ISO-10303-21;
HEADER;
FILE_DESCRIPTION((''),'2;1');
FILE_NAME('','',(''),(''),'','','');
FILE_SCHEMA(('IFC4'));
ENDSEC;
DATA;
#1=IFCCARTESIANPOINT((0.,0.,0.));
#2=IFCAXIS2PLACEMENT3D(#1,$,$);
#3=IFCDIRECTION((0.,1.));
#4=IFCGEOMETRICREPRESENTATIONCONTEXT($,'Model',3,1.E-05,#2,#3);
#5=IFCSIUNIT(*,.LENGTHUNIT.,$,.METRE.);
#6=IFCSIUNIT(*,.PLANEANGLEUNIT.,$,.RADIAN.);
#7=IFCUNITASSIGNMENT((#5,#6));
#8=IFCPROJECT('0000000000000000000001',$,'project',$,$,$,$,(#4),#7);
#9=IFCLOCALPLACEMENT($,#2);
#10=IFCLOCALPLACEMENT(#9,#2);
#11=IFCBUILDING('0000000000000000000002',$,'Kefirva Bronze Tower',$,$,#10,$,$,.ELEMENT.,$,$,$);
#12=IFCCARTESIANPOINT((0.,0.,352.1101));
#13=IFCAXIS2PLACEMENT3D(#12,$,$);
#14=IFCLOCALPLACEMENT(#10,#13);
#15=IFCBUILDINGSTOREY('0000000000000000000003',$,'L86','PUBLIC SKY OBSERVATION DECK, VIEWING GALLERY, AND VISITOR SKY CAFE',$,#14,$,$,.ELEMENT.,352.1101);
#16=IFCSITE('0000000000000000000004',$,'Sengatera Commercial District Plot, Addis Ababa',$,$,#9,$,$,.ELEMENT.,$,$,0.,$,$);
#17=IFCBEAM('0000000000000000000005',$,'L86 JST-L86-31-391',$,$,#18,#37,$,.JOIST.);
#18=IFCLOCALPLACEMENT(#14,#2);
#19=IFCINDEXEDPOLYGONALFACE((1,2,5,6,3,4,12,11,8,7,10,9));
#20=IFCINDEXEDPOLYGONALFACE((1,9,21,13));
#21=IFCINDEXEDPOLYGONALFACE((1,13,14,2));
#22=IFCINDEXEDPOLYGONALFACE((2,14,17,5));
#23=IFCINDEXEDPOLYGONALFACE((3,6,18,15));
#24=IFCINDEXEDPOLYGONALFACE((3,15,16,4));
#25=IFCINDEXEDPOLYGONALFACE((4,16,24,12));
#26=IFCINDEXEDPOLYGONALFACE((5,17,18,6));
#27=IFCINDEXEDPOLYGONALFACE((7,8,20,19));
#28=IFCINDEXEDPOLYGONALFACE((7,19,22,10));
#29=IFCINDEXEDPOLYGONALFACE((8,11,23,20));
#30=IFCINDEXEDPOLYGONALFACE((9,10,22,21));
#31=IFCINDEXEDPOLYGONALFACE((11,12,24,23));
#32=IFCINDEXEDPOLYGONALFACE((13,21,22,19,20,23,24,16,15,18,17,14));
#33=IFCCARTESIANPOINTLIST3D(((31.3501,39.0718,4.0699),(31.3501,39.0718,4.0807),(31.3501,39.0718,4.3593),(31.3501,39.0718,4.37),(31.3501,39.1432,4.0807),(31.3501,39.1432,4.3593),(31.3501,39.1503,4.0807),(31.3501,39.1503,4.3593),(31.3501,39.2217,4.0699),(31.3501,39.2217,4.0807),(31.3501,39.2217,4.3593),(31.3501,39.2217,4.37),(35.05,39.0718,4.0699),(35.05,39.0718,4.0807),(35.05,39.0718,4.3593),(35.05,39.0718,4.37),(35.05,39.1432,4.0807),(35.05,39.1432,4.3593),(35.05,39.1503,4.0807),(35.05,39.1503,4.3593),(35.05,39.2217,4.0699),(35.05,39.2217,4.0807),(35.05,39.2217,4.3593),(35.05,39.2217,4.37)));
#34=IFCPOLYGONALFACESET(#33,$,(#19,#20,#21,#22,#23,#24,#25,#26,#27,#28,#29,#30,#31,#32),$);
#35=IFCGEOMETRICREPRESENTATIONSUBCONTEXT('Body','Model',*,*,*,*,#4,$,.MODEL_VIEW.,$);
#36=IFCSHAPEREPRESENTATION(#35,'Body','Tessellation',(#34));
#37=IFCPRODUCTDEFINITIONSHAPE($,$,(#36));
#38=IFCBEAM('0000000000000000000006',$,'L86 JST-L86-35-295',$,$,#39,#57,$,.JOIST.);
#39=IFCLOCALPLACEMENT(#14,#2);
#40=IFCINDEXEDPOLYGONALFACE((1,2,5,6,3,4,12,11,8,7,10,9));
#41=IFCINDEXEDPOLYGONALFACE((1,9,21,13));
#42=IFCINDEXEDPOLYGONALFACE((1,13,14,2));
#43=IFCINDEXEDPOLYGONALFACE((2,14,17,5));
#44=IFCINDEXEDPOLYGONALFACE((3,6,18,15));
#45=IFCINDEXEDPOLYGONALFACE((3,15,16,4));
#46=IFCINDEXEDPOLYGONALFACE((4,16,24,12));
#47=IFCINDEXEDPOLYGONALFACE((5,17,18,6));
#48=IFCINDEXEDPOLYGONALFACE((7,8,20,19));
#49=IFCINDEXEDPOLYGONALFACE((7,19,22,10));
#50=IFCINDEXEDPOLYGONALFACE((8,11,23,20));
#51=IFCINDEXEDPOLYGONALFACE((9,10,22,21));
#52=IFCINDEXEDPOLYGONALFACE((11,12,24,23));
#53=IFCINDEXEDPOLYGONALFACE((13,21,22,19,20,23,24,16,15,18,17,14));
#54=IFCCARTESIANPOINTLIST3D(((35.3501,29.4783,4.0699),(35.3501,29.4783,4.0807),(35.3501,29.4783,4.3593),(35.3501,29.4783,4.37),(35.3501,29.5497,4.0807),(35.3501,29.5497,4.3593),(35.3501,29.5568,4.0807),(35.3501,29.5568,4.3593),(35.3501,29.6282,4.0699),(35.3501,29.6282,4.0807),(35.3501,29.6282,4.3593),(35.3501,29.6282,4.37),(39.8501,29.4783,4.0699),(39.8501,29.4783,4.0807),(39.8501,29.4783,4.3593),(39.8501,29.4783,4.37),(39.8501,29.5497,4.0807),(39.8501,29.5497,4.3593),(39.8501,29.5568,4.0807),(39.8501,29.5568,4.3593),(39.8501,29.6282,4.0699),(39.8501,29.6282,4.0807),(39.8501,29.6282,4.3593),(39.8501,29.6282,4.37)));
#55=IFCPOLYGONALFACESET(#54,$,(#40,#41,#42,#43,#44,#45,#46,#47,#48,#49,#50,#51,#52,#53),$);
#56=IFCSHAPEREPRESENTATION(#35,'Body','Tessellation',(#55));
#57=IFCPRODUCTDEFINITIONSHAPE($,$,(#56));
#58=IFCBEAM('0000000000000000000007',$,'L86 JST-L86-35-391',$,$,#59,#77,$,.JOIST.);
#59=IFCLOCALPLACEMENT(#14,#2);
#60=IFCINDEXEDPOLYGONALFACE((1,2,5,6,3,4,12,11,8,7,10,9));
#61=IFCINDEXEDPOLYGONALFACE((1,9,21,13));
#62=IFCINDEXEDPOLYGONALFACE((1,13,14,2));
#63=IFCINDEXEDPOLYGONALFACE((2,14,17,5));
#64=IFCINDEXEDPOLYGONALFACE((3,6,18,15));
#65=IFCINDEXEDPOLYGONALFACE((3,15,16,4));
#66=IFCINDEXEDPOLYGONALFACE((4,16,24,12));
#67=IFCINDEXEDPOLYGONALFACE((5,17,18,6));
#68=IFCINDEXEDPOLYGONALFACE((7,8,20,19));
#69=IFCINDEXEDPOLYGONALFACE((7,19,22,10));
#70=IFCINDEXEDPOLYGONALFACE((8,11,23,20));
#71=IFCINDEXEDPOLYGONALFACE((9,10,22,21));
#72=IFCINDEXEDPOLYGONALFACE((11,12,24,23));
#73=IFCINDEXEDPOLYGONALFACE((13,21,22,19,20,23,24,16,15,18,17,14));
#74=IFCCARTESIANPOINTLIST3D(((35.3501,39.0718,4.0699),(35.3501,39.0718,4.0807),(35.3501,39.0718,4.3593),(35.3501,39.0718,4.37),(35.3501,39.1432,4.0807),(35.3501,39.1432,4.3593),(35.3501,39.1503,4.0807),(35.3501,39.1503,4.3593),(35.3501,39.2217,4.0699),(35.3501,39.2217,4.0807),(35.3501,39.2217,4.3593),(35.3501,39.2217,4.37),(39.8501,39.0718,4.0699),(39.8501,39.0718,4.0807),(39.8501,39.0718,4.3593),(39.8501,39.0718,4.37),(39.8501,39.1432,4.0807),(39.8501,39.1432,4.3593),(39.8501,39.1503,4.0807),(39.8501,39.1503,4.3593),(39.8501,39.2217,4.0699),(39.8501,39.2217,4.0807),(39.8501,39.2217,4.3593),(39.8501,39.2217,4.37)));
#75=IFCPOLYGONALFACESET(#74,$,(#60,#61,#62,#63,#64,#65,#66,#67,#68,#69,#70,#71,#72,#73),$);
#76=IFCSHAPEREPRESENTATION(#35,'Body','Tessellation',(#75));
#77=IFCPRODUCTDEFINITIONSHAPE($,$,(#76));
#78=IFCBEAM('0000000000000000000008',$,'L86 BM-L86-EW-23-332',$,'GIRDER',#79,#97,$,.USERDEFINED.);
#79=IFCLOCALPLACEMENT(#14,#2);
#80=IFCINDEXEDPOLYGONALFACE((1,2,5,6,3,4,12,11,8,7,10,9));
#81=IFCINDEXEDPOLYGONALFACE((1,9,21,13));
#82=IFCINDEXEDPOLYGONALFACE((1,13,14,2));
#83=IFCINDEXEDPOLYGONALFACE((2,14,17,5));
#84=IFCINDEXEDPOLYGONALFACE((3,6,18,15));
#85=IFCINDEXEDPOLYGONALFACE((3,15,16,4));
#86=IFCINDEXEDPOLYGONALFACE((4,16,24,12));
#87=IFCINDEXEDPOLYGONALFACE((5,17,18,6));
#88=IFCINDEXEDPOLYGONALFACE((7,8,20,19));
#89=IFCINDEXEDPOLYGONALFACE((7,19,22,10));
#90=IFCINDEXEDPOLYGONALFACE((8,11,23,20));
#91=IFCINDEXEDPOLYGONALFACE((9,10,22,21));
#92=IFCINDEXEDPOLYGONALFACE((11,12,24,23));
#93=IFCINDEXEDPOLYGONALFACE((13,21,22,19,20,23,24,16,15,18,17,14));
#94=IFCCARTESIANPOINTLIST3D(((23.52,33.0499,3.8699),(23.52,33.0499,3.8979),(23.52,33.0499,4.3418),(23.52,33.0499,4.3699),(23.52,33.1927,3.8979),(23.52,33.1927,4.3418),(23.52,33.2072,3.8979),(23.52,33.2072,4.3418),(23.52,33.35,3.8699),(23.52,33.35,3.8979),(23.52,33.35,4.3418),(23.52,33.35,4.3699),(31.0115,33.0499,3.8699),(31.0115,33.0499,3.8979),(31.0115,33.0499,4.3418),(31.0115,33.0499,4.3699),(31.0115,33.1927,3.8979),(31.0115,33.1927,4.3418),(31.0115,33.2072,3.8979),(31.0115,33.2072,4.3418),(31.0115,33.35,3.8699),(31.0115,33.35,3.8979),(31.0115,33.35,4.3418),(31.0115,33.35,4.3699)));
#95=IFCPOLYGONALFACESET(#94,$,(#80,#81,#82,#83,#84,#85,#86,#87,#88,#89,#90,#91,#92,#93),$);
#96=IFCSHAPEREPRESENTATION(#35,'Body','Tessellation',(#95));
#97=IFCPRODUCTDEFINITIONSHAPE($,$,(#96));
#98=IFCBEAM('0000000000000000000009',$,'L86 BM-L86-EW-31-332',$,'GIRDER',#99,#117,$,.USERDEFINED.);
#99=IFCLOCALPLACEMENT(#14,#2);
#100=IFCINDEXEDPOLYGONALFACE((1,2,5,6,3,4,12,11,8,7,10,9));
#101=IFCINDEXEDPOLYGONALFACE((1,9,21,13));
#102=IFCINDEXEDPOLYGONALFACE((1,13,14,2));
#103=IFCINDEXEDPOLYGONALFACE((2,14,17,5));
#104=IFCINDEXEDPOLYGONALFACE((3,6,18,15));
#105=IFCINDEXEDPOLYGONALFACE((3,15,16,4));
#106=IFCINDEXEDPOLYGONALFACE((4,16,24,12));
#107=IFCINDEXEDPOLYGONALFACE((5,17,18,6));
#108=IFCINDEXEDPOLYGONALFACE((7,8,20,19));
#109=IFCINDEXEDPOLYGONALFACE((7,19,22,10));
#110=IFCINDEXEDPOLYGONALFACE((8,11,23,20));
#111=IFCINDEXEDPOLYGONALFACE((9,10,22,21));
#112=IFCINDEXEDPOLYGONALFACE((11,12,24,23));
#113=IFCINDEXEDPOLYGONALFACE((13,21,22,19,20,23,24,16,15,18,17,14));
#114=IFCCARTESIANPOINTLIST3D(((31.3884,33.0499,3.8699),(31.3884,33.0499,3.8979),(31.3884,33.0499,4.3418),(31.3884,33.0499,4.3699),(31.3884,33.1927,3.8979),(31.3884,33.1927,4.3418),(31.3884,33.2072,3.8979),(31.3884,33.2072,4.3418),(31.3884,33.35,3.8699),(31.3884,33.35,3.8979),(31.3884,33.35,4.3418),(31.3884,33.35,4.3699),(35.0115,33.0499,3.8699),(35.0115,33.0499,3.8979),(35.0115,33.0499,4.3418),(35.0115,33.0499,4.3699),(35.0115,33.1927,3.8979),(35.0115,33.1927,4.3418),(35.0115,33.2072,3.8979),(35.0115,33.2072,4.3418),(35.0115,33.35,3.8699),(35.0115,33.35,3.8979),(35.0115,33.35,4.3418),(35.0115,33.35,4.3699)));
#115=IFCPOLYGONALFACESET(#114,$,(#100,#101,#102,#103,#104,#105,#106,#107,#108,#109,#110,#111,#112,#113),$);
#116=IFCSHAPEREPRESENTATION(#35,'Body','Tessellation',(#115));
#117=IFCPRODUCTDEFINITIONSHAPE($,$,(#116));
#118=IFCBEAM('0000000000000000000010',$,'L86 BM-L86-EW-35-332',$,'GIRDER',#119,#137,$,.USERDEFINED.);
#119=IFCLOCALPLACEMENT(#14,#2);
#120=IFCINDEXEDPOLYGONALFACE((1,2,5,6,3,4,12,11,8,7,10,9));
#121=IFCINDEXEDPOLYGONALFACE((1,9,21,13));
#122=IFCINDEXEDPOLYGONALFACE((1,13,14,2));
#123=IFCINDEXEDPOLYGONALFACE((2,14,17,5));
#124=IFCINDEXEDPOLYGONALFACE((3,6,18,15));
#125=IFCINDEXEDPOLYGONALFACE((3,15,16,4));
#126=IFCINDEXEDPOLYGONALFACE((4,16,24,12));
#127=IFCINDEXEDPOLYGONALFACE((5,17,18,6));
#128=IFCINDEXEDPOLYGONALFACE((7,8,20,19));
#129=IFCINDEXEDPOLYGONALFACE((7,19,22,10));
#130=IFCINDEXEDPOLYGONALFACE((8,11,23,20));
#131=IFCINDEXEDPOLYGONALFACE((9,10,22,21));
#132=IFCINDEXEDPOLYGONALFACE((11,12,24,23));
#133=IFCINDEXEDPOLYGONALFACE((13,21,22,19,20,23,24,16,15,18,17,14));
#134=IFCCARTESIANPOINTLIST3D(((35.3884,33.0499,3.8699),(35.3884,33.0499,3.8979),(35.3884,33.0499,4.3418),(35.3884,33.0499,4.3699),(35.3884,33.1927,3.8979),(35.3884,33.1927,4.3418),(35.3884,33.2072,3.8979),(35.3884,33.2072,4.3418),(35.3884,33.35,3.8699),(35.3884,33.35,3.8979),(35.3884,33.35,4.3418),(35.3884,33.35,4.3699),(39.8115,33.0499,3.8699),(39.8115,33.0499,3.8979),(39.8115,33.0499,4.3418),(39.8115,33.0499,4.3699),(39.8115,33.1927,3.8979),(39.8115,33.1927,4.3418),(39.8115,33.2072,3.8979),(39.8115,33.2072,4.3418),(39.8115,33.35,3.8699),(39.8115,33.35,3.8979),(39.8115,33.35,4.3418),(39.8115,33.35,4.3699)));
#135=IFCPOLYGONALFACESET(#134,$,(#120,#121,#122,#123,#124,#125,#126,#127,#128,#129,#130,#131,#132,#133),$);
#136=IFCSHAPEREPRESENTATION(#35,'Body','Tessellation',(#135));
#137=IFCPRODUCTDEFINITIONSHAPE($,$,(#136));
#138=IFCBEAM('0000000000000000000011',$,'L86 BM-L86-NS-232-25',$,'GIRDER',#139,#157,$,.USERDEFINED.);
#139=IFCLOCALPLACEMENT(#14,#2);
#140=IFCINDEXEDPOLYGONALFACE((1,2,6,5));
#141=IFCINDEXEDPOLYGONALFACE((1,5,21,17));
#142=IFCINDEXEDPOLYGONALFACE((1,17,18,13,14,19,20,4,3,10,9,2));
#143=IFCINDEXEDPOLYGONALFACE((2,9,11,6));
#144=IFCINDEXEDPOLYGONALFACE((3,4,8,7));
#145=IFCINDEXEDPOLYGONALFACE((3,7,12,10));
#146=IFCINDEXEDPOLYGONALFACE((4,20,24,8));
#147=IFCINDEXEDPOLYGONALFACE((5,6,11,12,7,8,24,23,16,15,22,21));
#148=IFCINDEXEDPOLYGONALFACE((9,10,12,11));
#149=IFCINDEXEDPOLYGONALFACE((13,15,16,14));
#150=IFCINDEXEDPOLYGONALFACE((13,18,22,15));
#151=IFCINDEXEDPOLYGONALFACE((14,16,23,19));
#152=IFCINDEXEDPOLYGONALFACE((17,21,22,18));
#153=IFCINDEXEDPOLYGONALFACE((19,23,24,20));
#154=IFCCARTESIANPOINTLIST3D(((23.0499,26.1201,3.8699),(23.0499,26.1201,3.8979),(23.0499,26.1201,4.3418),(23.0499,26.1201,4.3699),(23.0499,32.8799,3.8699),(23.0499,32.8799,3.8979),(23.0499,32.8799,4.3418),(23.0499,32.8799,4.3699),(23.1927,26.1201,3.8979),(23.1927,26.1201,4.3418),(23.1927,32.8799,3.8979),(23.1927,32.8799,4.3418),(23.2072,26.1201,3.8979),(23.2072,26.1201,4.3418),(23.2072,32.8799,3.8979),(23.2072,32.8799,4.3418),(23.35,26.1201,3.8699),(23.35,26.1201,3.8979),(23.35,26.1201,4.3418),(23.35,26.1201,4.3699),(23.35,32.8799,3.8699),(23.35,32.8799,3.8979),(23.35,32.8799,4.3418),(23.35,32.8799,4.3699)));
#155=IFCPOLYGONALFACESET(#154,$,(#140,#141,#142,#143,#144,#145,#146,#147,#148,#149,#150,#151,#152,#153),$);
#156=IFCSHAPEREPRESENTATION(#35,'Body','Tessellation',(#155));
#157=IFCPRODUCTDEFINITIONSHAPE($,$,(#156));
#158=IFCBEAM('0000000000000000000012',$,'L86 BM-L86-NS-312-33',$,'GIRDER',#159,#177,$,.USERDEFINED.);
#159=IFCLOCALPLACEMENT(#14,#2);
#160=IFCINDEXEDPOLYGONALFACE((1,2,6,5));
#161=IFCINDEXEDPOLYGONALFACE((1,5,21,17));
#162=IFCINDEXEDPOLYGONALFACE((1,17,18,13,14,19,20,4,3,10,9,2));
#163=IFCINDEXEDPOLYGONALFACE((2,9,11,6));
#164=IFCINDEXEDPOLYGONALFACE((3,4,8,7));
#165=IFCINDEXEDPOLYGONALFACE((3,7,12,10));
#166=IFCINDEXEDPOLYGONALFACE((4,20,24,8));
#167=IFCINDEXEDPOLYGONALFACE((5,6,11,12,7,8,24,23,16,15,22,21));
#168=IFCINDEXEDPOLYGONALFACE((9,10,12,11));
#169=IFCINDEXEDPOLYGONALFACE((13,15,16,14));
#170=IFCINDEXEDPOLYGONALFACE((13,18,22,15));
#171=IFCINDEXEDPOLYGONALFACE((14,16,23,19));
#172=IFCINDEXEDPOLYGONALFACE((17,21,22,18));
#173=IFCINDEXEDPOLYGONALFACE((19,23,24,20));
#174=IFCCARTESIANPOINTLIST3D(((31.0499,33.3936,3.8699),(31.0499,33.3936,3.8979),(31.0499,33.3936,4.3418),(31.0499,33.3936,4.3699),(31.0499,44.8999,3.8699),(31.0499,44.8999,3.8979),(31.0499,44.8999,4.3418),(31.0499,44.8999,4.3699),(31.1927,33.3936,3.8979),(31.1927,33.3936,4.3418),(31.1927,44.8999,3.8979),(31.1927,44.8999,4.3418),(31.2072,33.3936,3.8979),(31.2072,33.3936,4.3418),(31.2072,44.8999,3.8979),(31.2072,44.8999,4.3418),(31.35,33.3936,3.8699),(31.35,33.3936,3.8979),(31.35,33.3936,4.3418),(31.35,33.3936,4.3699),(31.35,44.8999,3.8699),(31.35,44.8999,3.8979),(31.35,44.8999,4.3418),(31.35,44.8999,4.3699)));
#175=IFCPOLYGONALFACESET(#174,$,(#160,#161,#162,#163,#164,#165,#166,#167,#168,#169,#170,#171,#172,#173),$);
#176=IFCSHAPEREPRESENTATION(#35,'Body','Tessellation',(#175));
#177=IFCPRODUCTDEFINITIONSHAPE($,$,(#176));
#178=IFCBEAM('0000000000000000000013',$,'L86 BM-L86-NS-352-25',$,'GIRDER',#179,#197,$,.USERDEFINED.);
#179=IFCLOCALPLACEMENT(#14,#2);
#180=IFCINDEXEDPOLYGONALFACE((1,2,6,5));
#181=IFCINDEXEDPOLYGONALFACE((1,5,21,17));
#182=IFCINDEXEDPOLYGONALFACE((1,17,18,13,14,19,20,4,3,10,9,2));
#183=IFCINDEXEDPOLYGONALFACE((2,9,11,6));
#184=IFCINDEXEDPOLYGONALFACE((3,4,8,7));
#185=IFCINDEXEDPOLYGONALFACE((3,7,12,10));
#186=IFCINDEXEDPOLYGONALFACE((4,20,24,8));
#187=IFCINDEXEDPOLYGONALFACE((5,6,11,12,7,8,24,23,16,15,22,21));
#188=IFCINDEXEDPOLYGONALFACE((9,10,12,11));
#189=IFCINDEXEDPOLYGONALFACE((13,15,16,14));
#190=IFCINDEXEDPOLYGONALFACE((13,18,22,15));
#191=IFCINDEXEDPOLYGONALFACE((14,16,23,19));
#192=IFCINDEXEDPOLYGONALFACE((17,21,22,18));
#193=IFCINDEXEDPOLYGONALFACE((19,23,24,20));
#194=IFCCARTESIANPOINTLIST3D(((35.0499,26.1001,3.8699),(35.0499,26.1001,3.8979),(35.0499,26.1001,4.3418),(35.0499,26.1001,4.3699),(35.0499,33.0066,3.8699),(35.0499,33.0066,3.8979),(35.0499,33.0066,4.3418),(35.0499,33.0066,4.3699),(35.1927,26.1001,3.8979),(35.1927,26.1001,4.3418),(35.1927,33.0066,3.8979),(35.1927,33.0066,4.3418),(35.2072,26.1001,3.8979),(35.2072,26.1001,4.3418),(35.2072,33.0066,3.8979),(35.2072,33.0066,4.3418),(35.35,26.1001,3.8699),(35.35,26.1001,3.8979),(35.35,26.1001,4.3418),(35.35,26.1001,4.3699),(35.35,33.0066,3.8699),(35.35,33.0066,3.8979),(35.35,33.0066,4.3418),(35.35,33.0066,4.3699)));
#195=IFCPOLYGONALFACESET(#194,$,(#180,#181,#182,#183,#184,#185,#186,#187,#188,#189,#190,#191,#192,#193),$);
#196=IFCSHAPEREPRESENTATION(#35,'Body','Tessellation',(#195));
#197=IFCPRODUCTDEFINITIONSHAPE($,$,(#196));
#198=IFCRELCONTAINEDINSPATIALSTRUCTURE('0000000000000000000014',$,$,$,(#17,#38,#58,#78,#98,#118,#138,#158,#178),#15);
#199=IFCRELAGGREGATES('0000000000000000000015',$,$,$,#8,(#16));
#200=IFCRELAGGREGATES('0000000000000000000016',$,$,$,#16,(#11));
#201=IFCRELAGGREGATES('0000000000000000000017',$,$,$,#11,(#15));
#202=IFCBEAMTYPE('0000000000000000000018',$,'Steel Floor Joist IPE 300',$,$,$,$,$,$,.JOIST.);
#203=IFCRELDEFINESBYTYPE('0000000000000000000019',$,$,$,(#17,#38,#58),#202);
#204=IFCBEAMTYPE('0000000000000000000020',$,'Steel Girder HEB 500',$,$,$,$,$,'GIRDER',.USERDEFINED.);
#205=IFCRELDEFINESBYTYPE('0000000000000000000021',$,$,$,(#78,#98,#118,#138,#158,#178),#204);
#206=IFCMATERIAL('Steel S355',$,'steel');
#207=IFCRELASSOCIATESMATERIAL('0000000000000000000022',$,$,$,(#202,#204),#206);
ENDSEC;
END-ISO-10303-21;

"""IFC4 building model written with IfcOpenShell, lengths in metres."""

from ifc_helpers import new_model, si_unit, direction, frame, origin, origin_2d, place, context, subcontext, project, spatial, i_section, extrude, material, material_profile, profile_set, type_object, element, save


model = new_model("IFC4")

# Units and contexts
model_context = context("Model", 3, precision=1e-05, world=origin(), true_north=direction((0.0, 1.0)))
body_context = subcontext(model_context, "Body", "Model", "MODEL_VIEW")
ifc_project = project(units=[si_unit("LENGTHUNIT", "METRE"), si_unit("PLANEANGLEUNIT", "RADIAN")], contexts=[model_context])

# Site, building, storey
site_placement = place(None, origin())
site = spatial("IfcSite", under=ifc_project, at=site_placement, Name="Sengatera Commercial District Plot, Addis Ababa", CompositionType="ELEMENT", RefElevation=0.0)
building_placement = place(site_placement, origin())
building = spatial("IfcBuilding", under=site, at=building_placement, Name="Kefirva Bronze Tower", CompositionType="ELEMENT")
storey_placement = place(building_placement, frame((0.0, 0.0, 352.1101)))
storey = spatial("IfcBuildingStorey", under=building, at=storey_placement, Name="L86", Description="PUBLIC SKY OBSERVATION DECK, VIEWING GALLERY, AND VISITOR SKY CAFE", CompositionType="ELEMENT", Elevation=352.1101)

# Beams
ifc_material_1 = material(Name="Steel S355", Category="steel")
ifc_material_profile_1 = material_profile(ifc_material_1, i_section(OverallWidth=0.1499, OverallDepth=0.3, WebThickness=0.0071, FlangeThickness=0.0107, at=origin_2d()), Name="IPE 300")
ifc_profile_set_1 = profile_set([ifc_material_profile_1], Name="Steel S355")
beam_type_1 = type_object("IfcBeamType", Name="Steel Floor Joist IPE 300", PredefinedType="JOIST", material=ifc_profile_set_1)
for number, where, z_axis, x_axis, name in (
    (1, (31.3501, 39.1467, 4.22), (1.0, 0.0, 0.0), (0.0, 1.0, 0.0), "L86 JST-L86-31-391"),
):
    element("IfcBeam", number, at=place(storey_placement, frame(where, z_axis=z_axis, x_axis=x_axis)), inside=storey, type_object=beam_type_1, Name=name, PredefinedType="JOIST", context=body_context, shape_type="SweptSolid", body=[
        extrude(i_section(OverallWidth=0.1499, OverallDepth=0.3, WebThickness=0.0071, FlangeThickness=0.0107, at=origin_2d()), origin(), (0.0, 0.0, 1.0), 3.7),
    ])
for number, where, z_axis, x_axis, name in (
    (2, (35.3501, 29.5532, 4.22), (1.0, 0.0, 0.0), (0.0, 1.0, 0.0), "L86 JST-L86-35-295"),
    (3, (35.3501, 39.1467, 4.22), (1.0, 0.0, 0.0), (0.0, 1.0, 0.0), "L86 JST-L86-35-391"),
):
    element("IfcBeam", number, at=place(storey_placement, frame(where, z_axis=z_axis, x_axis=x_axis)), inside=storey, type_object=beam_type_1, Name=name, PredefinedType="JOIST", context=body_context, shape_type="SweptSolid", body=[
        extrude(i_section(OverallWidth=0.1499, OverallDepth=0.3, WebThickness=0.0071, FlangeThickness=0.0107, at=origin_2d()), origin(), (0.0, 0.0, 1.0), 4.5),
    ])
ifc_material_profile_2 = material_profile(ifc_material_1, i_section(OverallWidth=0.3, OverallDepth=0.5, WebThickness=0.0144, FlangeThickness=0.0281, at=origin_2d()), Name="HEB 500")
ifc_profile_set_2 = profile_set([ifc_material_profile_2], Name="Steel S355")
beam_type_2 = type_object("IfcBeamType", Name="Steel Girder HEB 500", ElementType="GIRDER", PredefinedType="USERDEFINED", material=ifc_profile_set_2)
beam_1_placement = place(storey_placement, frame((23.52, 33.2, 4.1199), z_axis=(1.0, 0.0, 0.0), x_axis=(0.0, 1.0, 0.0)))
element("IfcBeam", 4, at=beam_1_placement, inside=storey, type_object=beam_type_2, Name="L86 BM-L86-EW-23-332", ObjectType="GIRDER", PredefinedType="USERDEFINED", context=body_context, shape_type="SweptSolid", body=[
    extrude(i_section(OverallWidth=0.3, OverallDepth=0.5, WebThickness=0.0144, FlangeThickness=0.0281, at=origin_2d()), origin(), (0.0, 0.0, 1.0), 7.4915),
])
beam_2_placement = place(storey_placement, frame((31.3884, 33.2, 4.1199), z_axis=(1.0, 0.0, 0.0), x_axis=(0.0, 1.0, 0.0)))
element("IfcBeam", 5, at=beam_2_placement, inside=storey, type_object=beam_type_2, Name="L86 BM-L86-EW-31-332", ObjectType="GIRDER", PredefinedType="USERDEFINED", context=body_context, shape_type="SweptSolid", body=[
    extrude(i_section(OverallWidth=0.3, OverallDepth=0.5, WebThickness=0.0144, FlangeThickness=0.0281, at=origin_2d()), origin(), (0.0, 0.0, 1.0), 3.623),
])
beam_3_placement = place(storey_placement, frame((35.3884, 33.2, 4.1199), z_axis=(1.0, 0.0, 0.0), x_axis=(0.0, 1.0, 0.0)))
element("IfcBeam", 6, at=beam_3_placement, inside=storey, type_object=beam_type_2, Name="L86 BM-L86-EW-35-332", ObjectType="GIRDER", PredefinedType="USERDEFINED", context=body_context, shape_type="SweptSolid", body=[
    extrude(i_section(OverallWidth=0.3, OverallDepth=0.5, WebThickness=0.0144, FlangeThickness=0.0281, at=origin_2d()), origin(), (0.0, 0.0, 1.0), 4.4231),
])
beam_4_placement = place(storey_placement, frame((23.2, 26.1201, 4.1199), z_axis=(0.0, 1.0, 0.0), x_axis=(-1.0, 0.0, 0.0)))
element("IfcBeam", 7, at=beam_4_placement, inside=storey, type_object=beam_type_2, Name="L86 BM-L86-NS-232-25", ObjectType="GIRDER", PredefinedType="USERDEFINED", context=body_context, shape_type="SweptSolid", body=[
    extrude(i_section(OverallWidth=0.3, OverallDepth=0.5, WebThickness=0.0144, FlangeThickness=0.0281, at=origin_2d()), origin(), (0.0, 0.0, 1.0), 6.7598),
])
beam_5_placement = place(storey_placement, frame((31.2, 33.3936, 4.1199), z_axis=(0.0, 1.0, 0.0), x_axis=(-1.0, 0.0, 0.0)))
element("IfcBeam", 8, at=beam_5_placement, inside=storey, type_object=beam_type_2, Name="L86 BM-L86-NS-312-33", ObjectType="GIRDER", PredefinedType="USERDEFINED", context=body_context, shape_type="SweptSolid", body=[
    extrude(i_section(OverallWidth=0.3, OverallDepth=0.5, WebThickness=0.0144, FlangeThickness=0.0281, at=origin_2d()), origin(), (0.0, 0.0, 1.0), 11.5063),
])
beam_6_placement = place(storey_placement, frame((35.2, 26.1001, 4.1199), z_axis=(0.0, 1.0, 0.0), x_axis=(-1.0, 0.0, 0.0)))
element("IfcBeam", 9, at=beam_6_placement, inside=storey, type_object=beam_type_2, Name="L86 BM-L86-NS-352-25", ObjectType="GIRDER", PredefinedType="USERDEFINED", context=body_context, shape_type="SweptSolid", body=[
    extrude(i_section(OverallWidth=0.3, OverallDepth=0.5, WebThickness=0.0144, FlangeThickness=0.0281, at=origin_2d()), origin(), (0.0, 0.0, 1.0), 6.9065),
])

save(model, "model.ifc")
